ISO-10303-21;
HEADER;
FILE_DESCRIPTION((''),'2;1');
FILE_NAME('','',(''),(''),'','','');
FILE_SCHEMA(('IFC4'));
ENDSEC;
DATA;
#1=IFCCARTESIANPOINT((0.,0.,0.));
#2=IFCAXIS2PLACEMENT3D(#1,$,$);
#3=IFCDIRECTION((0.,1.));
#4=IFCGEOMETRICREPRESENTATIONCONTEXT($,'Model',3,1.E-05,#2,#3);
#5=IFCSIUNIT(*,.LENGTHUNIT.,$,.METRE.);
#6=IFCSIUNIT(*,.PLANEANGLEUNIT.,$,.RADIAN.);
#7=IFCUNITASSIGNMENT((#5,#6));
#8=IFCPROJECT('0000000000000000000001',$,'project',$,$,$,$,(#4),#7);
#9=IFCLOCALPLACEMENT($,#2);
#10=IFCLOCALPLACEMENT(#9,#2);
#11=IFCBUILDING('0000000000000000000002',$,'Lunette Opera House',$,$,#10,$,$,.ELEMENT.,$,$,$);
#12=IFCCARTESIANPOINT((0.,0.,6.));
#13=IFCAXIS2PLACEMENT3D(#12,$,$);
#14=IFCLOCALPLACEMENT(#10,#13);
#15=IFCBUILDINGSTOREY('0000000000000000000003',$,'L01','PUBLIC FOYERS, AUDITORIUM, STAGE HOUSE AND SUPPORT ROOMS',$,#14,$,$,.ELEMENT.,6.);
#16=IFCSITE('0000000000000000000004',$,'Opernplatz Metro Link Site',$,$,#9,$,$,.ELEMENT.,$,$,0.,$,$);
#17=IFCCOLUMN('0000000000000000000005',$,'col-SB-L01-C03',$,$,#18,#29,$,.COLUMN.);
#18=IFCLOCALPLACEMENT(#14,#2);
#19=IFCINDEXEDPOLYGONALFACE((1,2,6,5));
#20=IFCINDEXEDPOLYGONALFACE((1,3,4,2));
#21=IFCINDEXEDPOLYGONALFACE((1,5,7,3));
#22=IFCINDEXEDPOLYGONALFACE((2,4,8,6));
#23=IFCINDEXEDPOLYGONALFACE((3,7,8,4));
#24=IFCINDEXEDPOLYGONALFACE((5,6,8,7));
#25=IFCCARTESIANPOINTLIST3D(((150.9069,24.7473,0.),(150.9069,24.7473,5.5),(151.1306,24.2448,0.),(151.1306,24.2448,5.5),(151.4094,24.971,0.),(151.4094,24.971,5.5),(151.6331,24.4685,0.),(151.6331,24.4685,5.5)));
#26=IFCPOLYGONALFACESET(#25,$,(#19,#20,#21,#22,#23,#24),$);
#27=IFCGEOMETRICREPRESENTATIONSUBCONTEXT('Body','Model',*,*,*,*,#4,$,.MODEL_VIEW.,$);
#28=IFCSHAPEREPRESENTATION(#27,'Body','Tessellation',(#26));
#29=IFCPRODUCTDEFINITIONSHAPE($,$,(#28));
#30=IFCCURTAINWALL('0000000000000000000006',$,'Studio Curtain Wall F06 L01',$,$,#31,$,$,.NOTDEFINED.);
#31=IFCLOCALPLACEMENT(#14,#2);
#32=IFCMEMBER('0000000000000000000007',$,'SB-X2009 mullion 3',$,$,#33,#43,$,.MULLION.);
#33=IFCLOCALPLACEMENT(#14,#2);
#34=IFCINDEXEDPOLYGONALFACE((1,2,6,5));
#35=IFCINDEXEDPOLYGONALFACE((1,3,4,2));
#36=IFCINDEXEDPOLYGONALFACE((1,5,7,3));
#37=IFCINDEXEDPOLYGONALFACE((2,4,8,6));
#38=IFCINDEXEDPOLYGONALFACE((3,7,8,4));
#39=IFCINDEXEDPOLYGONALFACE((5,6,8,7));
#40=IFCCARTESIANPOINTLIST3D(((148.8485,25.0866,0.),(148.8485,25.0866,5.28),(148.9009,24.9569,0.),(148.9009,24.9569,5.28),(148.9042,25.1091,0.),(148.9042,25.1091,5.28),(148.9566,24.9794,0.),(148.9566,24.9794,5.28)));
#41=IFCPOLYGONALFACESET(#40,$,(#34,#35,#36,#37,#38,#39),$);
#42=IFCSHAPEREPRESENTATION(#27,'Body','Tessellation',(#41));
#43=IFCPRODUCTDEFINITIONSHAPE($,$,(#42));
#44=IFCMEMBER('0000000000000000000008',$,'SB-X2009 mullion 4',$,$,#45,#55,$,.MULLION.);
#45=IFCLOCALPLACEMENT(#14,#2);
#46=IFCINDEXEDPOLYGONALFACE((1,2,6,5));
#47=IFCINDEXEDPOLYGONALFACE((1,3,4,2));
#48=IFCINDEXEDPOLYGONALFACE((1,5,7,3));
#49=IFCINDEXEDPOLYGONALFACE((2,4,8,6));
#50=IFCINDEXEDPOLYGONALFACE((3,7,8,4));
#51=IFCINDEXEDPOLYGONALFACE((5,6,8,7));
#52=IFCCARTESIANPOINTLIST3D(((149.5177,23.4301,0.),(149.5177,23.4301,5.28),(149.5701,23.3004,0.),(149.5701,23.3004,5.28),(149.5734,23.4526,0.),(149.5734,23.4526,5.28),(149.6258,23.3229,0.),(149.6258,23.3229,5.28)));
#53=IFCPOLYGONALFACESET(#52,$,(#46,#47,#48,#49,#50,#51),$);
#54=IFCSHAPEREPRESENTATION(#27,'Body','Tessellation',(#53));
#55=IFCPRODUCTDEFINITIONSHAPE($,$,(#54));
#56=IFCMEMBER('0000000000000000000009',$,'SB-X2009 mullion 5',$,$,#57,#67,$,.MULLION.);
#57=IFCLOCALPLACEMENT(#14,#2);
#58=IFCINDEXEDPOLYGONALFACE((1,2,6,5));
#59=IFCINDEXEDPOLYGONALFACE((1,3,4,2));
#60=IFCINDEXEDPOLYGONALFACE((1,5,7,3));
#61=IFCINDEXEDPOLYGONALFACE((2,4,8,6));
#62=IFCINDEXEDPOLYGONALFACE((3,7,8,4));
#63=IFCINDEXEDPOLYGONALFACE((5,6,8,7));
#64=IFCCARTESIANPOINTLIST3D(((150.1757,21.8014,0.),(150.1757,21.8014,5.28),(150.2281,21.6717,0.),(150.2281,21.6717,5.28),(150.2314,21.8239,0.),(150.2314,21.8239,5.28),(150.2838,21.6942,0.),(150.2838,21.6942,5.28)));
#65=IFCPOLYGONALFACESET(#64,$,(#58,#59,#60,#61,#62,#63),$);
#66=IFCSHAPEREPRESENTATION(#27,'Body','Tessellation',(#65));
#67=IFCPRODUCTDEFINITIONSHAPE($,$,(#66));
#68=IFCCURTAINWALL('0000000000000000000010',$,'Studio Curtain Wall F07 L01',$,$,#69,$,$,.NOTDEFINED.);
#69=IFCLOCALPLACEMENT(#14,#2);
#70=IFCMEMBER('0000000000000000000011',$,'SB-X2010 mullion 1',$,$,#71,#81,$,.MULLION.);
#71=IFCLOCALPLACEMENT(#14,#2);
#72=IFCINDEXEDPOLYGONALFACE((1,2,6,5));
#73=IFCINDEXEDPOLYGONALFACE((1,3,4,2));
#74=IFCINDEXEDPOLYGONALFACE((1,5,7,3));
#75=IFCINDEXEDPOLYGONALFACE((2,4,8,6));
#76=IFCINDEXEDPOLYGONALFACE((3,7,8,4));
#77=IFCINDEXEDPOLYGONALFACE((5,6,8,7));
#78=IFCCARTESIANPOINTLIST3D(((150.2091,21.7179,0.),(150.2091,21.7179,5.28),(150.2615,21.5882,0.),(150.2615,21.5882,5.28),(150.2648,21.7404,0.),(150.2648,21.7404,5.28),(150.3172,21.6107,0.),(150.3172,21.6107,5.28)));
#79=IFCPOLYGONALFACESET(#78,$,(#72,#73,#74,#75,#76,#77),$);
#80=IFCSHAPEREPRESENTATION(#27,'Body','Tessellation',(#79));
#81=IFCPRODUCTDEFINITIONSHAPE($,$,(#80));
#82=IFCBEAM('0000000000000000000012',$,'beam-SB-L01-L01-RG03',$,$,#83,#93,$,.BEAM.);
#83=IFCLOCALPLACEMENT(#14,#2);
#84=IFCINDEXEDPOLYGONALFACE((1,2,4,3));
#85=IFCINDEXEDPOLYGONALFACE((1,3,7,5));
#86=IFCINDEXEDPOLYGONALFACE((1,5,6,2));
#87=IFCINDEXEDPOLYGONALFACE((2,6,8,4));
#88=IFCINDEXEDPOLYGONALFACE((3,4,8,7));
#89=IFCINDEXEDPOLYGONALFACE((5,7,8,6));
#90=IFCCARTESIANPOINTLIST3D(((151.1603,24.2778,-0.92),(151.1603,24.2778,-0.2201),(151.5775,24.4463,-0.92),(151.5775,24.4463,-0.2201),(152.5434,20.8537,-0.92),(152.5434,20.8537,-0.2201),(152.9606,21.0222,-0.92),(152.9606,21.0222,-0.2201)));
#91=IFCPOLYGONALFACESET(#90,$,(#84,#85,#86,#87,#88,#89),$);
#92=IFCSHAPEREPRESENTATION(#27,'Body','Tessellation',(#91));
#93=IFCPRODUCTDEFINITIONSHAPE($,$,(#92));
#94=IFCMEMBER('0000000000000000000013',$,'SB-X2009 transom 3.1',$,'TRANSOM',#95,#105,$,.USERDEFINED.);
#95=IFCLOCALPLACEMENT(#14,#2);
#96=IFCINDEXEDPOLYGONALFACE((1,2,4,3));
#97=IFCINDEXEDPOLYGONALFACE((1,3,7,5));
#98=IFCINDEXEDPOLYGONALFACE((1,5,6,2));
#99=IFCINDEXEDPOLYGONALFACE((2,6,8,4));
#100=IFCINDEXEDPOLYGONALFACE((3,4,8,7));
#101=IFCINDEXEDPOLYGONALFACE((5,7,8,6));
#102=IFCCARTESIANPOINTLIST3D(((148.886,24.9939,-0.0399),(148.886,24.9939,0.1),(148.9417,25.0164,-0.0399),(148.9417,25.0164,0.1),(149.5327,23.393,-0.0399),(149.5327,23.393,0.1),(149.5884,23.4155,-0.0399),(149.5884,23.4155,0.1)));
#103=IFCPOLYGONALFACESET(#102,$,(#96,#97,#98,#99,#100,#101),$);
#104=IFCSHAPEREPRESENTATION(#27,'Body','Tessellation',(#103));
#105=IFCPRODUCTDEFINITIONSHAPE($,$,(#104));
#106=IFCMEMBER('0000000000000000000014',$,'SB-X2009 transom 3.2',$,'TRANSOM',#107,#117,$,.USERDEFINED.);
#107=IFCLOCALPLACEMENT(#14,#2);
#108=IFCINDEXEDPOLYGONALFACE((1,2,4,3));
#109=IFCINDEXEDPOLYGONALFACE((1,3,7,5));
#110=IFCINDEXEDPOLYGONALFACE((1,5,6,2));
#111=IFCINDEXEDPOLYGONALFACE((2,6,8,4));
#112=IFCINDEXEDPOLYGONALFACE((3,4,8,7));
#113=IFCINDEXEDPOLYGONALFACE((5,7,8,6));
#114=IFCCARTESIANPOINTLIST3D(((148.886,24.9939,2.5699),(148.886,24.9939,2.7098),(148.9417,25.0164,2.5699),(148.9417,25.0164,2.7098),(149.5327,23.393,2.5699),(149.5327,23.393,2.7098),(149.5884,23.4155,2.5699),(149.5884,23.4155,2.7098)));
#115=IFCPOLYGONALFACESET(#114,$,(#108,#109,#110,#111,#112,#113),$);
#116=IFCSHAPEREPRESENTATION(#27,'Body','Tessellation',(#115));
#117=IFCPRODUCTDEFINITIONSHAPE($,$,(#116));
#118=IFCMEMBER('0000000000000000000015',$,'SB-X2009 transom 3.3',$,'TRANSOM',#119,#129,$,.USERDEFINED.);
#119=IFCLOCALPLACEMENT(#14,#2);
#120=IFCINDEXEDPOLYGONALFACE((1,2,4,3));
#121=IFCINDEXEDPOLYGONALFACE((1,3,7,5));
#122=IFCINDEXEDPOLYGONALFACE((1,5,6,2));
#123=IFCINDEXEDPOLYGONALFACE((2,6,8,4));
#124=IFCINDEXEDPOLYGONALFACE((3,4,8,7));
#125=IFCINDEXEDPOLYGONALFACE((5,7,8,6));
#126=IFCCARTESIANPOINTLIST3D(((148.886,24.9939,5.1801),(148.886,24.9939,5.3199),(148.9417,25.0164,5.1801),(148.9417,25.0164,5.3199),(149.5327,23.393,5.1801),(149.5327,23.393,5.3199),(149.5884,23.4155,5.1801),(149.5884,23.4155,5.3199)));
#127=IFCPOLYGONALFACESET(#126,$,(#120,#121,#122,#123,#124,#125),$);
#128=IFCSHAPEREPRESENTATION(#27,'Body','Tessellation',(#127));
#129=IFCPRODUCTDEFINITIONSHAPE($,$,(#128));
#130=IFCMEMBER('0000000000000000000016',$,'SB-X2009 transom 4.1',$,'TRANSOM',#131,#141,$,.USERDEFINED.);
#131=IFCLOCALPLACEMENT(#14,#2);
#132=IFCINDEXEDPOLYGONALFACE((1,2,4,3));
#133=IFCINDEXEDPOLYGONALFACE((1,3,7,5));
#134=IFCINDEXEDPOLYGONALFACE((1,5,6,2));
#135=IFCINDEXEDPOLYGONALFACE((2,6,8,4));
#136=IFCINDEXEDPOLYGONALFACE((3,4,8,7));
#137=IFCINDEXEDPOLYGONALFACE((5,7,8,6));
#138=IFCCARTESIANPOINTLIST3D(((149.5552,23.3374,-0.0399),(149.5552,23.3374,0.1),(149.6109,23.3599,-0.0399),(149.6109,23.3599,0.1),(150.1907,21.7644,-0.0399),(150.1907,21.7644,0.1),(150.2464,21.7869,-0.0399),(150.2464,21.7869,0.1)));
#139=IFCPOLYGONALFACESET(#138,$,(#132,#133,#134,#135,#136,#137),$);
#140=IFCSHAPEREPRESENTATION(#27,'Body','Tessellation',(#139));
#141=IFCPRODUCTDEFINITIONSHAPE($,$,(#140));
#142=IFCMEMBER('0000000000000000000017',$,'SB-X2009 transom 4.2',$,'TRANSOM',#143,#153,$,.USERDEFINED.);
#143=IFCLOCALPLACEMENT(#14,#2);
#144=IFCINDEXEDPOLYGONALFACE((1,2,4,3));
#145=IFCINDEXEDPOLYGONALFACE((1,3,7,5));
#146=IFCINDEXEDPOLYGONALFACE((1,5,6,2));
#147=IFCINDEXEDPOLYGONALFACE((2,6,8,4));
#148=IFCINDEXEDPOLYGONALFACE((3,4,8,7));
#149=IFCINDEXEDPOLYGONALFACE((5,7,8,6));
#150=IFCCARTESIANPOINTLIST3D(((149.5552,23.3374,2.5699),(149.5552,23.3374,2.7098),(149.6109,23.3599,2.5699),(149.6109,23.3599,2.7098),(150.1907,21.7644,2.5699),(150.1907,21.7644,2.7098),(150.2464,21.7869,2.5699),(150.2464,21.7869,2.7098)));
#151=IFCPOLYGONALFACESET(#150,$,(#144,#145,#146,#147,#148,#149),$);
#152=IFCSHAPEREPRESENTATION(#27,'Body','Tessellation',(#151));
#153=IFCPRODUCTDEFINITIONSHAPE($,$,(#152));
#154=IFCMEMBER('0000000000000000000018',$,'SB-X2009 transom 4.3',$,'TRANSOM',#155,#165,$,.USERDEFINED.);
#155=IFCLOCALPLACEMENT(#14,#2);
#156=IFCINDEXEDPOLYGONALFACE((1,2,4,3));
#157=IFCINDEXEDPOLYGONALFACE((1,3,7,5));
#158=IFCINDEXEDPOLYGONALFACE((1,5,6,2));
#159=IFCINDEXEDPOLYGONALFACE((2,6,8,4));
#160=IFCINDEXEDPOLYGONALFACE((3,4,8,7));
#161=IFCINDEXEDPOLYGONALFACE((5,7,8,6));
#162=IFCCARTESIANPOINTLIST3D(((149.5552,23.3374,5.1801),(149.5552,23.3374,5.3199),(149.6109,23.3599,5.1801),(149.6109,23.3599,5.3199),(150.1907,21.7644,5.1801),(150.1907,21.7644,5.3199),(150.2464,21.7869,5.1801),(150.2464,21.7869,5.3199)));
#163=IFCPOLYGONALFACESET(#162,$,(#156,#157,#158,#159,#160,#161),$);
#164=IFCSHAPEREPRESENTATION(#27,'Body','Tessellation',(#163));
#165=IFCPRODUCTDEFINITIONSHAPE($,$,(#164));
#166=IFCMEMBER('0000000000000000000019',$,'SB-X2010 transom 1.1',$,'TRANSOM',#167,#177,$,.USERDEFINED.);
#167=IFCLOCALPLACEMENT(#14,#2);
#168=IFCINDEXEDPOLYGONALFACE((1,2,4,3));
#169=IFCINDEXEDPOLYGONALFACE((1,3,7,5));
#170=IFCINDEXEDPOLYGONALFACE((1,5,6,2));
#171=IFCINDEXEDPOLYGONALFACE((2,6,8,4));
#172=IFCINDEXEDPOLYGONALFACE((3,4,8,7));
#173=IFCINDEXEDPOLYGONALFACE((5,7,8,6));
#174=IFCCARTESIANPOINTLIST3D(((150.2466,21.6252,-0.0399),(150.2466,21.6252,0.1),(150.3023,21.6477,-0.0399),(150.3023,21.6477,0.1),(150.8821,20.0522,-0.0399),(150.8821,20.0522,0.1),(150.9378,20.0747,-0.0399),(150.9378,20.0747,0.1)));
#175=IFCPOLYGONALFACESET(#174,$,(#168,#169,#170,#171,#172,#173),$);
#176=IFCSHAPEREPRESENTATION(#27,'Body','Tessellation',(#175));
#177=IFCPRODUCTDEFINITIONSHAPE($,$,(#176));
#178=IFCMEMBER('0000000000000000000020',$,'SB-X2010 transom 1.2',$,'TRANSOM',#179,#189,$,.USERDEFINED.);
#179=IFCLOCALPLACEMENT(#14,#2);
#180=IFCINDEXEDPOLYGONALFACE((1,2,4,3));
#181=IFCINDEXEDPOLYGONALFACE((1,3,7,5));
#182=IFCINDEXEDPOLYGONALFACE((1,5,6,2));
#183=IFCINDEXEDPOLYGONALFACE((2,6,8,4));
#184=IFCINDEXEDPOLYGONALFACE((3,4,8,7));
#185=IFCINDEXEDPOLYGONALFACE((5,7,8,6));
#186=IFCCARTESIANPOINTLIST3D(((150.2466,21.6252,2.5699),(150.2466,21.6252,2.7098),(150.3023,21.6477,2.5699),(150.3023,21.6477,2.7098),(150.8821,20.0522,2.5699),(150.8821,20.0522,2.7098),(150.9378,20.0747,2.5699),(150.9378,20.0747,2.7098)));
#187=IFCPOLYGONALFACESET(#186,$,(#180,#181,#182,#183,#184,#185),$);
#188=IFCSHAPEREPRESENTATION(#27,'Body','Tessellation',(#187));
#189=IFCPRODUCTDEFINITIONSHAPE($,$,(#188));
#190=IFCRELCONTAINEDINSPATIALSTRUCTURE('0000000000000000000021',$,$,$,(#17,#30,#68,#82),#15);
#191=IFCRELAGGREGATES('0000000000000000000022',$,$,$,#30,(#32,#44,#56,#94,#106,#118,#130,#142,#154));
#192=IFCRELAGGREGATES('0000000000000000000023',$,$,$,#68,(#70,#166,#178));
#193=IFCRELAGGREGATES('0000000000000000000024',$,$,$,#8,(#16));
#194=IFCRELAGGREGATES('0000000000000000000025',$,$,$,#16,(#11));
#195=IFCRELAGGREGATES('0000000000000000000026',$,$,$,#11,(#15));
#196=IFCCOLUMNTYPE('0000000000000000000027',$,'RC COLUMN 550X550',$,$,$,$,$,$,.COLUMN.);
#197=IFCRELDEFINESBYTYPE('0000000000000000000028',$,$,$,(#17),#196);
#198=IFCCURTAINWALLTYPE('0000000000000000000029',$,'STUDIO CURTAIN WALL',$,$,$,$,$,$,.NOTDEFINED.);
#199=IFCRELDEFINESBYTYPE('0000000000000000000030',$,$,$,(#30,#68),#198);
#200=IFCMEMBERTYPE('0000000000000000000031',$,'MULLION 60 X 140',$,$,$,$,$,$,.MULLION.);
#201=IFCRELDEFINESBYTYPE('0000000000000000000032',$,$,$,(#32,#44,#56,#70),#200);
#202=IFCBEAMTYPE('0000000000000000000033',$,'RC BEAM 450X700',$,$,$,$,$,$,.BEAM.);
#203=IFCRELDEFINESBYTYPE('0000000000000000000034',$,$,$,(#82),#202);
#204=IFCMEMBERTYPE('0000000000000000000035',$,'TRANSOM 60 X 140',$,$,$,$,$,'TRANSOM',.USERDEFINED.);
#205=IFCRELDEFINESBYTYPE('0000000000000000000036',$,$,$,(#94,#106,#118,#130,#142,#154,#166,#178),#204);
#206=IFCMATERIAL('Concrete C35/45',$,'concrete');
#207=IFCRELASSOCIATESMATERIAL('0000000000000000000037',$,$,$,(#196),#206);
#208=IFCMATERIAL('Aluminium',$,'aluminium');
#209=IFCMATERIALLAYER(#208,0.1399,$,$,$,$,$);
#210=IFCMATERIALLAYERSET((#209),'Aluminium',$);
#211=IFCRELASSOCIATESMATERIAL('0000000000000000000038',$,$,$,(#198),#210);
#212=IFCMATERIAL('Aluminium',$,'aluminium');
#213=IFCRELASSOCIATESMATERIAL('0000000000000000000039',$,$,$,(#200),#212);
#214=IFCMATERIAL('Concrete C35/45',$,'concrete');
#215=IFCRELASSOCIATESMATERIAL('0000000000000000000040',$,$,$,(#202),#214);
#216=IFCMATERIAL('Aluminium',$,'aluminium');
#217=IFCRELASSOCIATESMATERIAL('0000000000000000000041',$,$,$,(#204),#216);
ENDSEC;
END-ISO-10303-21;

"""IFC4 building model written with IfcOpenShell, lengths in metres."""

from ifc_helpers import new_model, si_unit, direction, frame, origin, origin_2d, place, context, subcontext, project, spatial, rectangle, extrude, material, layer, layer_set, material_profile, profile_set, type_object, element, aggregate, save


model = new_model("IFC4")

# Units and contexts
model_context = context("Model", 3, precision=1e-05, world=origin(), true_north=direction((0.0, 1.0)))
body_context = subcontext(model_context, "Body", "Model", "MODEL_VIEW")
ifc_project = project(units=[si_unit("LENGTHUNIT", "METRE"), si_unit("PLANEANGLEUNIT", "RADIAN")], contexts=[model_context])

# Site, building, storey
site_placement = place(None, origin())
site = spatial("IfcSite", under=ifc_project, at=site_placement, Name="Opernplatz Metro Link Site", CompositionType="ELEMENT", RefElevation=0.0)
building_placement = place(site_placement, origin())
building = spatial("IfcBuilding", under=site, at=building_placement, Name="Lunette Opera House", CompositionType="ELEMENT")
storey_placement = place(building_placement, frame((0.0, 0.0, 6.0)))
storey = spatial("IfcBuildingStorey", under=building, at=storey_placement, Name="L01", Description="PUBLIC FOYERS, AUDITORIUM, STAGE HOUSE AND SUPPORT ROOMS", CompositionType="ELEMENT", Elevation=6.0)

# Column
ifc_material_1 = material(Name="Concrete C35/45", Category="concrete")
ifc_material_profile_1 = material_profile(ifc_material_1, rectangle(XDim=0.55, YDim=0.55, at=origin_2d()), Name="RC COLUMN 550X550")
ifc_profile_set_1 = profile_set([ifc_material_profile_1], Name="Concrete C35/45")
column_type = type_object("IfcColumnType", Name="RC COLUMN 550X550", PredefinedType="COLUMN", material=ifc_profile_set_1)
column_placement = place(storey_placement, frame((151.27, 24.6079, 0.0), z_axis=(0.0, 0.0, 1.0), x_axis=(0.406737, -0.913545, 0.0)))
element("IfcColumn", 1, at=column_placement, inside=storey, type_object=column_type, Name="col-SB-L01-C03", PredefinedType="COLUMN", context=body_context, shape_type="SweptSolid", body=[
    extrude(rectangle(XDim=0.55, YDim=0.55, at=origin_2d()), origin(), (0.0, 0.0, 1.0), 5.5),
])

# Curtain wall, members
ifc_material_2 = material(Name="Aluminium", Category="aluminium")
ifc_layer_1 = layer(ifc_material_2, 0.1399)
ifc_layer_set_1 = layer_set([ifc_layer_1], Name="Aluminium")
curtain_wall_type = type_object("IfcCurtainWallType", Name="STUDIO CURTAIN WALL", PredefinedType="NOTDEFINED", material=ifc_layer_set_1)
curtain_wall_1_placement = place(storey_placement, origin())
curtain_wall_1 = element("IfcCurtainWall", 2, at=curtain_wall_1_placement, inside=storey, type_object=curtain_wall_type, Name="Studio Curtain Wall F06 L01", PredefinedType="NOTDEFINED")
ifc_material_3 = material(Name="Aluminium", Category="aluminium")
ifc_material_profile_2 = material_profile(ifc_material_3, rectangle(XDim=0.0601, YDim=0.1399, at=origin_2d()), Name="MULLION 60 X 140")
ifc_profile_set_2 = profile_set([ifc_material_profile_2], Name="Aluminium")
member_type_1 = type_object("IfcMemberType", Name="MULLION 60 X 140", PredefinedType="MULLION", material=ifc_profile_set_2)
member_1_placement = place(storey_placement, frame((148.9026, 25.033, 0.0), z_axis=(0.0, 0.0, 1.0), x_axis=(0.927188, 0.374597, 0.0)))
member_1 = element("IfcMember", 3, at=member_1_placement, type_object=member_type_1, Name="SB-X2009 mullion 3", PredefinedType="MULLION", context=body_context, shape_type="SweptSolid", body=[
    extrude(rectangle(XDim=0.0601, YDim=0.1399, at=origin_2d()), origin(), (0.0, 0.0, 1.0), 5.28),
])
member_2_placement = place(storey_placement, frame((149.5718, 23.3765, 0.0), z_axis=(0.0, 0.0, 1.0), x_axis=(0.927188, 0.374597, 0.0)))
member_2 = element("IfcMember", 4, at=member_2_placement, type_object=member_type_1, Name="SB-X2009 mullion 4", PredefinedType="MULLION", context=body_context, shape_type="SweptSolid", body=[
    extrude(rectangle(XDim=0.0601, YDim=0.1399, at=origin_2d()), origin(), (0.0, 0.0, 1.0), 5.28),
])
member_3_placement = place(storey_placement, frame((150.2297, 21.7478, 0.0), z_axis=(0.0, 0.0, 1.0), x_axis=(0.927188, 0.374597, 0.0)))
member_3 = element("IfcMember", 5, at=member_3_placement, type_object=member_type_1, Name="SB-X2009 mullion 5", PredefinedType="MULLION", context=body_context, shape_type="SweptSolid", body=[
    extrude(rectangle(XDim=0.0601, YDim=0.1399, at=origin_2d()), origin(), (0.0, 0.0, 1.0), 5.28),
])

# Curtain wall, member
curtain_wall_2_placement = place(storey_placement, origin())
curtain_wall_2 = element("IfcCurtainWall", 6, at=curtain_wall_2_placement, inside=storey, type_object=curtain_wall_type, Name="Studio Curtain Wall F07 L01", PredefinedType="NOTDEFINED")
member_4_placement = place(storey_placement, frame((150.2632, 21.6643, 0.0), z_axis=(0.0, 0.0, 1.0), x_axis=(0.927168, 0.374646, 0.0)))
member_4 = element("IfcMember", 7, at=member_4_placement, type_object=member_type_1, Name="SB-X2010 mullion 1", PredefinedType="MULLION", context=body_context, shape_type="SweptSolid", body=[
    extrude(rectangle(XDim=0.0601, YDim=0.1399, at=origin_2d()), origin(), (0.0, 0.0, 1.0), 5.28),
])

# Beam
ifc_material_4 = material(Name="Concrete C35/45", Category="concrete")
ifc_material_profile_3 = material_profile(ifc_material_4, rectangle(XDim=0.45, YDim=0.7, at=origin_2d()), Name="RC BEAM 450X700")
ifc_profile_set_3 = profile_set([ifc_material_profile_3], Name="Concrete C35/45")
beam_type = type_object("IfcBeamType", Name="RC BEAM 450X700", PredefinedType="BEAM", material=ifc_profile_set_3)
beam_placement = place(storey_placement, frame((151.3689, 24.3621, -0.5701), z_axis=(0.374523, -0.927218, 0.0), x_axis=(0.927218, 0.374523, 0.0)))
element("IfcBeam", 8, at=beam_placement, inside=storey, type_object=beam_type, Name="beam-SB-L01-L01-RG03", PredefinedType="BEAM", context=body_context, shape_type="SweptSolid", body=[
    extrude(rectangle(XDim=0.45, YDim=0.7, at=origin_2d()), origin(), (0.0, 0.0, 1.0), 3.6929),
])

# Members
ifc_material_5 = material(Name="Aluminium", Category="aluminium")
ifc_material_profile_4 = material_profile(ifc_material_5, rectangle(XDim=0.0601, YDim=0.1399, at=origin_2d()), Name="TRANSOM 60 X 140")
ifc_profile_set_4 = profile_set([ifc_material_profile_4], Name="Aluminium")
member_type_2 = type_object("IfcMemberType", Name="TRANSOM 60 X 140", ElementType="TRANSOM", PredefinedType="USERDEFINED", material=ifc_profile_set_4)
member_5_placement = place(storey_placement, frame((148.9138, 25.0051, 0.03), z_axis=(0.374582, -0.927194, 0.0), x_axis=(0.927194, 0.374582, 0.0)))
member_5 = element("IfcMember", 9, at=member_5_placement, type_object=member_type_2, Name="SB-X2009 transom 3.1", ObjectType="TRANSOM", PredefinedType="USERDEFINED", context=body_context, shape_type="SweptSolid", body=[
    extrude(rectangle(XDim=0.0601, YDim=0.1399, at=origin_2d()), origin(), (0.0, 0.0, 1.0), 1.7266),
])
member_6_placement = place(storey_placement, frame((148.9138, 25.0051, 2.6399), z_axis=(0.374582, -0.927194, 0.0), x_axis=(0.927194, 0.374582, 0.0)))
member_6 = element("IfcMember", 10, at=member_6_placement, type_object=member_type_2, Name="SB-X2009 transom 3.2", ObjectType="TRANSOM", PredefinedType="USERDEFINED", context=body_context, shape_type="SweptSolid", body=[
    extrude(rectangle(XDim=0.0601, YDim=0.1399, at=origin_2d()), origin(), (0.0, 0.0, 1.0), 1.7266),
])
member_7_placement = place(storey_placement, frame((148.9138, 25.0051, 5.25), z_axis=(0.374582, -0.927194, 0.0), x_axis=(0.927194, 0.374582, 0.0)))
member_7 = element("IfcMember", 11, at=member_7_placement, type_object=member_type_2, Name="SB-X2009 transom 3.3", ObjectType="TRANSOM", PredefinedType="USERDEFINED", context=body_context, shape_type="SweptSolid", body=[
    extrude(rectangle(XDim=0.0601, YDim=0.1399, at=origin_2d()), origin(), (0.0, 0.0, 1.0), 1.7266),
])
member_8_placement = place(storey_placement, frame((149.583, 23.3486, 0.03), z_axis=(0.374589, -0.927191, 0.0), x_axis=(0.927191, 0.374589, 0.0)))
member_8 = element("IfcMember", 12, at=member_8_placement, type_object=member_type_2, Name="SB-X2009 transom 4.1", ObjectType="TRANSOM", PredefinedType="USERDEFINED", context=body_context, shape_type="SweptSolid", body=[
    extrude(rectangle(XDim=0.0601, YDim=0.1399, at=origin_2d()), origin(), (0.0, 0.0, 1.0), 1.6965),
])
member_9_placement = place(storey_placement, frame((149.583, 23.3486, 2.6399), z_axis=(0.374589, -0.927191, 0.0), x_axis=(0.927191, 0.374589, 0.0)))
member_9 = element("IfcMember", 13, at=member_9_placement, type_object=member_type_2, Name="SB-X2009 transom 4.2", ObjectType="TRANSOM", PredefinedType="USERDEFINED", context=body_context, shape_type="SweptSolid", body=[
    extrude(rectangle(XDim=0.0601, YDim=0.1399, at=origin_2d()), origin(), (0.0, 0.0, 1.0), 1.6965),
])
member_10_placement = place(storey_placement, frame((149.583, 23.3486, 5.25), z_axis=(0.374589, -0.927191, 0.0), x_axis=(0.927191, 0.374589, 0.0)))
member_10 = element("IfcMember", 14, at=member_10_placement, type_object=member_type_2, Name="SB-X2009 transom 4.3", ObjectType="TRANSOM", PredefinedType="USERDEFINED", context=body_context, shape_type="SweptSolid", body=[
    extrude(rectangle(XDim=0.0601, YDim=0.1399, at=origin_2d()), origin(), (0.0, 0.0, 1.0), 1.6965),
])
member_11_placement = place(storey_placement, frame((150.2744, 21.6365, 0.03), z_axis=(0.374589, -0.927191, 0.0), x_axis=(0.927191, 0.374589, 0.0)))
member_11 = element("IfcMember", 15, at=member_11_placement, type_object=member_type_2, Name="SB-X2010 transom 1.1", ObjectType="TRANSOM", PredefinedType="USERDEFINED", context=body_context, shape_type="SweptSolid", body=[
    extrude(rectangle(XDim=0.0601, YDim=0.1399, at=origin_2d()), origin(), (0.0, 0.0, 1.0), 1.6965),
])
member_12_placement = place(storey_placement, frame((150.2744, 21.6365, 2.6399), z_axis=(0.374589, -0.927191, 0.0), x_axis=(0.927191, 0.374589, 0.0)))
member_12 = element("IfcMember", 16, at=member_12_placement, type_object=member_type_2, Name="SB-X2010 transom 1.2", ObjectType="TRANSOM", PredefinedType="USERDEFINED", context=body_context, shape_type="SweptSolid", body=[
    extrude(rectangle(XDim=0.0601, YDim=0.1399, at=origin_2d()), origin(), (0.0, 0.0, 1.0), 1.6965),
])

aggregate(curtain_wall_1, [member_1, member_2, member_3, member_5, member_6, member_7, member_8, member_9, member_10])
aggregate(curtain_wall_2, [member_4, member_11, member_12])

save(model, "model.ifc")
